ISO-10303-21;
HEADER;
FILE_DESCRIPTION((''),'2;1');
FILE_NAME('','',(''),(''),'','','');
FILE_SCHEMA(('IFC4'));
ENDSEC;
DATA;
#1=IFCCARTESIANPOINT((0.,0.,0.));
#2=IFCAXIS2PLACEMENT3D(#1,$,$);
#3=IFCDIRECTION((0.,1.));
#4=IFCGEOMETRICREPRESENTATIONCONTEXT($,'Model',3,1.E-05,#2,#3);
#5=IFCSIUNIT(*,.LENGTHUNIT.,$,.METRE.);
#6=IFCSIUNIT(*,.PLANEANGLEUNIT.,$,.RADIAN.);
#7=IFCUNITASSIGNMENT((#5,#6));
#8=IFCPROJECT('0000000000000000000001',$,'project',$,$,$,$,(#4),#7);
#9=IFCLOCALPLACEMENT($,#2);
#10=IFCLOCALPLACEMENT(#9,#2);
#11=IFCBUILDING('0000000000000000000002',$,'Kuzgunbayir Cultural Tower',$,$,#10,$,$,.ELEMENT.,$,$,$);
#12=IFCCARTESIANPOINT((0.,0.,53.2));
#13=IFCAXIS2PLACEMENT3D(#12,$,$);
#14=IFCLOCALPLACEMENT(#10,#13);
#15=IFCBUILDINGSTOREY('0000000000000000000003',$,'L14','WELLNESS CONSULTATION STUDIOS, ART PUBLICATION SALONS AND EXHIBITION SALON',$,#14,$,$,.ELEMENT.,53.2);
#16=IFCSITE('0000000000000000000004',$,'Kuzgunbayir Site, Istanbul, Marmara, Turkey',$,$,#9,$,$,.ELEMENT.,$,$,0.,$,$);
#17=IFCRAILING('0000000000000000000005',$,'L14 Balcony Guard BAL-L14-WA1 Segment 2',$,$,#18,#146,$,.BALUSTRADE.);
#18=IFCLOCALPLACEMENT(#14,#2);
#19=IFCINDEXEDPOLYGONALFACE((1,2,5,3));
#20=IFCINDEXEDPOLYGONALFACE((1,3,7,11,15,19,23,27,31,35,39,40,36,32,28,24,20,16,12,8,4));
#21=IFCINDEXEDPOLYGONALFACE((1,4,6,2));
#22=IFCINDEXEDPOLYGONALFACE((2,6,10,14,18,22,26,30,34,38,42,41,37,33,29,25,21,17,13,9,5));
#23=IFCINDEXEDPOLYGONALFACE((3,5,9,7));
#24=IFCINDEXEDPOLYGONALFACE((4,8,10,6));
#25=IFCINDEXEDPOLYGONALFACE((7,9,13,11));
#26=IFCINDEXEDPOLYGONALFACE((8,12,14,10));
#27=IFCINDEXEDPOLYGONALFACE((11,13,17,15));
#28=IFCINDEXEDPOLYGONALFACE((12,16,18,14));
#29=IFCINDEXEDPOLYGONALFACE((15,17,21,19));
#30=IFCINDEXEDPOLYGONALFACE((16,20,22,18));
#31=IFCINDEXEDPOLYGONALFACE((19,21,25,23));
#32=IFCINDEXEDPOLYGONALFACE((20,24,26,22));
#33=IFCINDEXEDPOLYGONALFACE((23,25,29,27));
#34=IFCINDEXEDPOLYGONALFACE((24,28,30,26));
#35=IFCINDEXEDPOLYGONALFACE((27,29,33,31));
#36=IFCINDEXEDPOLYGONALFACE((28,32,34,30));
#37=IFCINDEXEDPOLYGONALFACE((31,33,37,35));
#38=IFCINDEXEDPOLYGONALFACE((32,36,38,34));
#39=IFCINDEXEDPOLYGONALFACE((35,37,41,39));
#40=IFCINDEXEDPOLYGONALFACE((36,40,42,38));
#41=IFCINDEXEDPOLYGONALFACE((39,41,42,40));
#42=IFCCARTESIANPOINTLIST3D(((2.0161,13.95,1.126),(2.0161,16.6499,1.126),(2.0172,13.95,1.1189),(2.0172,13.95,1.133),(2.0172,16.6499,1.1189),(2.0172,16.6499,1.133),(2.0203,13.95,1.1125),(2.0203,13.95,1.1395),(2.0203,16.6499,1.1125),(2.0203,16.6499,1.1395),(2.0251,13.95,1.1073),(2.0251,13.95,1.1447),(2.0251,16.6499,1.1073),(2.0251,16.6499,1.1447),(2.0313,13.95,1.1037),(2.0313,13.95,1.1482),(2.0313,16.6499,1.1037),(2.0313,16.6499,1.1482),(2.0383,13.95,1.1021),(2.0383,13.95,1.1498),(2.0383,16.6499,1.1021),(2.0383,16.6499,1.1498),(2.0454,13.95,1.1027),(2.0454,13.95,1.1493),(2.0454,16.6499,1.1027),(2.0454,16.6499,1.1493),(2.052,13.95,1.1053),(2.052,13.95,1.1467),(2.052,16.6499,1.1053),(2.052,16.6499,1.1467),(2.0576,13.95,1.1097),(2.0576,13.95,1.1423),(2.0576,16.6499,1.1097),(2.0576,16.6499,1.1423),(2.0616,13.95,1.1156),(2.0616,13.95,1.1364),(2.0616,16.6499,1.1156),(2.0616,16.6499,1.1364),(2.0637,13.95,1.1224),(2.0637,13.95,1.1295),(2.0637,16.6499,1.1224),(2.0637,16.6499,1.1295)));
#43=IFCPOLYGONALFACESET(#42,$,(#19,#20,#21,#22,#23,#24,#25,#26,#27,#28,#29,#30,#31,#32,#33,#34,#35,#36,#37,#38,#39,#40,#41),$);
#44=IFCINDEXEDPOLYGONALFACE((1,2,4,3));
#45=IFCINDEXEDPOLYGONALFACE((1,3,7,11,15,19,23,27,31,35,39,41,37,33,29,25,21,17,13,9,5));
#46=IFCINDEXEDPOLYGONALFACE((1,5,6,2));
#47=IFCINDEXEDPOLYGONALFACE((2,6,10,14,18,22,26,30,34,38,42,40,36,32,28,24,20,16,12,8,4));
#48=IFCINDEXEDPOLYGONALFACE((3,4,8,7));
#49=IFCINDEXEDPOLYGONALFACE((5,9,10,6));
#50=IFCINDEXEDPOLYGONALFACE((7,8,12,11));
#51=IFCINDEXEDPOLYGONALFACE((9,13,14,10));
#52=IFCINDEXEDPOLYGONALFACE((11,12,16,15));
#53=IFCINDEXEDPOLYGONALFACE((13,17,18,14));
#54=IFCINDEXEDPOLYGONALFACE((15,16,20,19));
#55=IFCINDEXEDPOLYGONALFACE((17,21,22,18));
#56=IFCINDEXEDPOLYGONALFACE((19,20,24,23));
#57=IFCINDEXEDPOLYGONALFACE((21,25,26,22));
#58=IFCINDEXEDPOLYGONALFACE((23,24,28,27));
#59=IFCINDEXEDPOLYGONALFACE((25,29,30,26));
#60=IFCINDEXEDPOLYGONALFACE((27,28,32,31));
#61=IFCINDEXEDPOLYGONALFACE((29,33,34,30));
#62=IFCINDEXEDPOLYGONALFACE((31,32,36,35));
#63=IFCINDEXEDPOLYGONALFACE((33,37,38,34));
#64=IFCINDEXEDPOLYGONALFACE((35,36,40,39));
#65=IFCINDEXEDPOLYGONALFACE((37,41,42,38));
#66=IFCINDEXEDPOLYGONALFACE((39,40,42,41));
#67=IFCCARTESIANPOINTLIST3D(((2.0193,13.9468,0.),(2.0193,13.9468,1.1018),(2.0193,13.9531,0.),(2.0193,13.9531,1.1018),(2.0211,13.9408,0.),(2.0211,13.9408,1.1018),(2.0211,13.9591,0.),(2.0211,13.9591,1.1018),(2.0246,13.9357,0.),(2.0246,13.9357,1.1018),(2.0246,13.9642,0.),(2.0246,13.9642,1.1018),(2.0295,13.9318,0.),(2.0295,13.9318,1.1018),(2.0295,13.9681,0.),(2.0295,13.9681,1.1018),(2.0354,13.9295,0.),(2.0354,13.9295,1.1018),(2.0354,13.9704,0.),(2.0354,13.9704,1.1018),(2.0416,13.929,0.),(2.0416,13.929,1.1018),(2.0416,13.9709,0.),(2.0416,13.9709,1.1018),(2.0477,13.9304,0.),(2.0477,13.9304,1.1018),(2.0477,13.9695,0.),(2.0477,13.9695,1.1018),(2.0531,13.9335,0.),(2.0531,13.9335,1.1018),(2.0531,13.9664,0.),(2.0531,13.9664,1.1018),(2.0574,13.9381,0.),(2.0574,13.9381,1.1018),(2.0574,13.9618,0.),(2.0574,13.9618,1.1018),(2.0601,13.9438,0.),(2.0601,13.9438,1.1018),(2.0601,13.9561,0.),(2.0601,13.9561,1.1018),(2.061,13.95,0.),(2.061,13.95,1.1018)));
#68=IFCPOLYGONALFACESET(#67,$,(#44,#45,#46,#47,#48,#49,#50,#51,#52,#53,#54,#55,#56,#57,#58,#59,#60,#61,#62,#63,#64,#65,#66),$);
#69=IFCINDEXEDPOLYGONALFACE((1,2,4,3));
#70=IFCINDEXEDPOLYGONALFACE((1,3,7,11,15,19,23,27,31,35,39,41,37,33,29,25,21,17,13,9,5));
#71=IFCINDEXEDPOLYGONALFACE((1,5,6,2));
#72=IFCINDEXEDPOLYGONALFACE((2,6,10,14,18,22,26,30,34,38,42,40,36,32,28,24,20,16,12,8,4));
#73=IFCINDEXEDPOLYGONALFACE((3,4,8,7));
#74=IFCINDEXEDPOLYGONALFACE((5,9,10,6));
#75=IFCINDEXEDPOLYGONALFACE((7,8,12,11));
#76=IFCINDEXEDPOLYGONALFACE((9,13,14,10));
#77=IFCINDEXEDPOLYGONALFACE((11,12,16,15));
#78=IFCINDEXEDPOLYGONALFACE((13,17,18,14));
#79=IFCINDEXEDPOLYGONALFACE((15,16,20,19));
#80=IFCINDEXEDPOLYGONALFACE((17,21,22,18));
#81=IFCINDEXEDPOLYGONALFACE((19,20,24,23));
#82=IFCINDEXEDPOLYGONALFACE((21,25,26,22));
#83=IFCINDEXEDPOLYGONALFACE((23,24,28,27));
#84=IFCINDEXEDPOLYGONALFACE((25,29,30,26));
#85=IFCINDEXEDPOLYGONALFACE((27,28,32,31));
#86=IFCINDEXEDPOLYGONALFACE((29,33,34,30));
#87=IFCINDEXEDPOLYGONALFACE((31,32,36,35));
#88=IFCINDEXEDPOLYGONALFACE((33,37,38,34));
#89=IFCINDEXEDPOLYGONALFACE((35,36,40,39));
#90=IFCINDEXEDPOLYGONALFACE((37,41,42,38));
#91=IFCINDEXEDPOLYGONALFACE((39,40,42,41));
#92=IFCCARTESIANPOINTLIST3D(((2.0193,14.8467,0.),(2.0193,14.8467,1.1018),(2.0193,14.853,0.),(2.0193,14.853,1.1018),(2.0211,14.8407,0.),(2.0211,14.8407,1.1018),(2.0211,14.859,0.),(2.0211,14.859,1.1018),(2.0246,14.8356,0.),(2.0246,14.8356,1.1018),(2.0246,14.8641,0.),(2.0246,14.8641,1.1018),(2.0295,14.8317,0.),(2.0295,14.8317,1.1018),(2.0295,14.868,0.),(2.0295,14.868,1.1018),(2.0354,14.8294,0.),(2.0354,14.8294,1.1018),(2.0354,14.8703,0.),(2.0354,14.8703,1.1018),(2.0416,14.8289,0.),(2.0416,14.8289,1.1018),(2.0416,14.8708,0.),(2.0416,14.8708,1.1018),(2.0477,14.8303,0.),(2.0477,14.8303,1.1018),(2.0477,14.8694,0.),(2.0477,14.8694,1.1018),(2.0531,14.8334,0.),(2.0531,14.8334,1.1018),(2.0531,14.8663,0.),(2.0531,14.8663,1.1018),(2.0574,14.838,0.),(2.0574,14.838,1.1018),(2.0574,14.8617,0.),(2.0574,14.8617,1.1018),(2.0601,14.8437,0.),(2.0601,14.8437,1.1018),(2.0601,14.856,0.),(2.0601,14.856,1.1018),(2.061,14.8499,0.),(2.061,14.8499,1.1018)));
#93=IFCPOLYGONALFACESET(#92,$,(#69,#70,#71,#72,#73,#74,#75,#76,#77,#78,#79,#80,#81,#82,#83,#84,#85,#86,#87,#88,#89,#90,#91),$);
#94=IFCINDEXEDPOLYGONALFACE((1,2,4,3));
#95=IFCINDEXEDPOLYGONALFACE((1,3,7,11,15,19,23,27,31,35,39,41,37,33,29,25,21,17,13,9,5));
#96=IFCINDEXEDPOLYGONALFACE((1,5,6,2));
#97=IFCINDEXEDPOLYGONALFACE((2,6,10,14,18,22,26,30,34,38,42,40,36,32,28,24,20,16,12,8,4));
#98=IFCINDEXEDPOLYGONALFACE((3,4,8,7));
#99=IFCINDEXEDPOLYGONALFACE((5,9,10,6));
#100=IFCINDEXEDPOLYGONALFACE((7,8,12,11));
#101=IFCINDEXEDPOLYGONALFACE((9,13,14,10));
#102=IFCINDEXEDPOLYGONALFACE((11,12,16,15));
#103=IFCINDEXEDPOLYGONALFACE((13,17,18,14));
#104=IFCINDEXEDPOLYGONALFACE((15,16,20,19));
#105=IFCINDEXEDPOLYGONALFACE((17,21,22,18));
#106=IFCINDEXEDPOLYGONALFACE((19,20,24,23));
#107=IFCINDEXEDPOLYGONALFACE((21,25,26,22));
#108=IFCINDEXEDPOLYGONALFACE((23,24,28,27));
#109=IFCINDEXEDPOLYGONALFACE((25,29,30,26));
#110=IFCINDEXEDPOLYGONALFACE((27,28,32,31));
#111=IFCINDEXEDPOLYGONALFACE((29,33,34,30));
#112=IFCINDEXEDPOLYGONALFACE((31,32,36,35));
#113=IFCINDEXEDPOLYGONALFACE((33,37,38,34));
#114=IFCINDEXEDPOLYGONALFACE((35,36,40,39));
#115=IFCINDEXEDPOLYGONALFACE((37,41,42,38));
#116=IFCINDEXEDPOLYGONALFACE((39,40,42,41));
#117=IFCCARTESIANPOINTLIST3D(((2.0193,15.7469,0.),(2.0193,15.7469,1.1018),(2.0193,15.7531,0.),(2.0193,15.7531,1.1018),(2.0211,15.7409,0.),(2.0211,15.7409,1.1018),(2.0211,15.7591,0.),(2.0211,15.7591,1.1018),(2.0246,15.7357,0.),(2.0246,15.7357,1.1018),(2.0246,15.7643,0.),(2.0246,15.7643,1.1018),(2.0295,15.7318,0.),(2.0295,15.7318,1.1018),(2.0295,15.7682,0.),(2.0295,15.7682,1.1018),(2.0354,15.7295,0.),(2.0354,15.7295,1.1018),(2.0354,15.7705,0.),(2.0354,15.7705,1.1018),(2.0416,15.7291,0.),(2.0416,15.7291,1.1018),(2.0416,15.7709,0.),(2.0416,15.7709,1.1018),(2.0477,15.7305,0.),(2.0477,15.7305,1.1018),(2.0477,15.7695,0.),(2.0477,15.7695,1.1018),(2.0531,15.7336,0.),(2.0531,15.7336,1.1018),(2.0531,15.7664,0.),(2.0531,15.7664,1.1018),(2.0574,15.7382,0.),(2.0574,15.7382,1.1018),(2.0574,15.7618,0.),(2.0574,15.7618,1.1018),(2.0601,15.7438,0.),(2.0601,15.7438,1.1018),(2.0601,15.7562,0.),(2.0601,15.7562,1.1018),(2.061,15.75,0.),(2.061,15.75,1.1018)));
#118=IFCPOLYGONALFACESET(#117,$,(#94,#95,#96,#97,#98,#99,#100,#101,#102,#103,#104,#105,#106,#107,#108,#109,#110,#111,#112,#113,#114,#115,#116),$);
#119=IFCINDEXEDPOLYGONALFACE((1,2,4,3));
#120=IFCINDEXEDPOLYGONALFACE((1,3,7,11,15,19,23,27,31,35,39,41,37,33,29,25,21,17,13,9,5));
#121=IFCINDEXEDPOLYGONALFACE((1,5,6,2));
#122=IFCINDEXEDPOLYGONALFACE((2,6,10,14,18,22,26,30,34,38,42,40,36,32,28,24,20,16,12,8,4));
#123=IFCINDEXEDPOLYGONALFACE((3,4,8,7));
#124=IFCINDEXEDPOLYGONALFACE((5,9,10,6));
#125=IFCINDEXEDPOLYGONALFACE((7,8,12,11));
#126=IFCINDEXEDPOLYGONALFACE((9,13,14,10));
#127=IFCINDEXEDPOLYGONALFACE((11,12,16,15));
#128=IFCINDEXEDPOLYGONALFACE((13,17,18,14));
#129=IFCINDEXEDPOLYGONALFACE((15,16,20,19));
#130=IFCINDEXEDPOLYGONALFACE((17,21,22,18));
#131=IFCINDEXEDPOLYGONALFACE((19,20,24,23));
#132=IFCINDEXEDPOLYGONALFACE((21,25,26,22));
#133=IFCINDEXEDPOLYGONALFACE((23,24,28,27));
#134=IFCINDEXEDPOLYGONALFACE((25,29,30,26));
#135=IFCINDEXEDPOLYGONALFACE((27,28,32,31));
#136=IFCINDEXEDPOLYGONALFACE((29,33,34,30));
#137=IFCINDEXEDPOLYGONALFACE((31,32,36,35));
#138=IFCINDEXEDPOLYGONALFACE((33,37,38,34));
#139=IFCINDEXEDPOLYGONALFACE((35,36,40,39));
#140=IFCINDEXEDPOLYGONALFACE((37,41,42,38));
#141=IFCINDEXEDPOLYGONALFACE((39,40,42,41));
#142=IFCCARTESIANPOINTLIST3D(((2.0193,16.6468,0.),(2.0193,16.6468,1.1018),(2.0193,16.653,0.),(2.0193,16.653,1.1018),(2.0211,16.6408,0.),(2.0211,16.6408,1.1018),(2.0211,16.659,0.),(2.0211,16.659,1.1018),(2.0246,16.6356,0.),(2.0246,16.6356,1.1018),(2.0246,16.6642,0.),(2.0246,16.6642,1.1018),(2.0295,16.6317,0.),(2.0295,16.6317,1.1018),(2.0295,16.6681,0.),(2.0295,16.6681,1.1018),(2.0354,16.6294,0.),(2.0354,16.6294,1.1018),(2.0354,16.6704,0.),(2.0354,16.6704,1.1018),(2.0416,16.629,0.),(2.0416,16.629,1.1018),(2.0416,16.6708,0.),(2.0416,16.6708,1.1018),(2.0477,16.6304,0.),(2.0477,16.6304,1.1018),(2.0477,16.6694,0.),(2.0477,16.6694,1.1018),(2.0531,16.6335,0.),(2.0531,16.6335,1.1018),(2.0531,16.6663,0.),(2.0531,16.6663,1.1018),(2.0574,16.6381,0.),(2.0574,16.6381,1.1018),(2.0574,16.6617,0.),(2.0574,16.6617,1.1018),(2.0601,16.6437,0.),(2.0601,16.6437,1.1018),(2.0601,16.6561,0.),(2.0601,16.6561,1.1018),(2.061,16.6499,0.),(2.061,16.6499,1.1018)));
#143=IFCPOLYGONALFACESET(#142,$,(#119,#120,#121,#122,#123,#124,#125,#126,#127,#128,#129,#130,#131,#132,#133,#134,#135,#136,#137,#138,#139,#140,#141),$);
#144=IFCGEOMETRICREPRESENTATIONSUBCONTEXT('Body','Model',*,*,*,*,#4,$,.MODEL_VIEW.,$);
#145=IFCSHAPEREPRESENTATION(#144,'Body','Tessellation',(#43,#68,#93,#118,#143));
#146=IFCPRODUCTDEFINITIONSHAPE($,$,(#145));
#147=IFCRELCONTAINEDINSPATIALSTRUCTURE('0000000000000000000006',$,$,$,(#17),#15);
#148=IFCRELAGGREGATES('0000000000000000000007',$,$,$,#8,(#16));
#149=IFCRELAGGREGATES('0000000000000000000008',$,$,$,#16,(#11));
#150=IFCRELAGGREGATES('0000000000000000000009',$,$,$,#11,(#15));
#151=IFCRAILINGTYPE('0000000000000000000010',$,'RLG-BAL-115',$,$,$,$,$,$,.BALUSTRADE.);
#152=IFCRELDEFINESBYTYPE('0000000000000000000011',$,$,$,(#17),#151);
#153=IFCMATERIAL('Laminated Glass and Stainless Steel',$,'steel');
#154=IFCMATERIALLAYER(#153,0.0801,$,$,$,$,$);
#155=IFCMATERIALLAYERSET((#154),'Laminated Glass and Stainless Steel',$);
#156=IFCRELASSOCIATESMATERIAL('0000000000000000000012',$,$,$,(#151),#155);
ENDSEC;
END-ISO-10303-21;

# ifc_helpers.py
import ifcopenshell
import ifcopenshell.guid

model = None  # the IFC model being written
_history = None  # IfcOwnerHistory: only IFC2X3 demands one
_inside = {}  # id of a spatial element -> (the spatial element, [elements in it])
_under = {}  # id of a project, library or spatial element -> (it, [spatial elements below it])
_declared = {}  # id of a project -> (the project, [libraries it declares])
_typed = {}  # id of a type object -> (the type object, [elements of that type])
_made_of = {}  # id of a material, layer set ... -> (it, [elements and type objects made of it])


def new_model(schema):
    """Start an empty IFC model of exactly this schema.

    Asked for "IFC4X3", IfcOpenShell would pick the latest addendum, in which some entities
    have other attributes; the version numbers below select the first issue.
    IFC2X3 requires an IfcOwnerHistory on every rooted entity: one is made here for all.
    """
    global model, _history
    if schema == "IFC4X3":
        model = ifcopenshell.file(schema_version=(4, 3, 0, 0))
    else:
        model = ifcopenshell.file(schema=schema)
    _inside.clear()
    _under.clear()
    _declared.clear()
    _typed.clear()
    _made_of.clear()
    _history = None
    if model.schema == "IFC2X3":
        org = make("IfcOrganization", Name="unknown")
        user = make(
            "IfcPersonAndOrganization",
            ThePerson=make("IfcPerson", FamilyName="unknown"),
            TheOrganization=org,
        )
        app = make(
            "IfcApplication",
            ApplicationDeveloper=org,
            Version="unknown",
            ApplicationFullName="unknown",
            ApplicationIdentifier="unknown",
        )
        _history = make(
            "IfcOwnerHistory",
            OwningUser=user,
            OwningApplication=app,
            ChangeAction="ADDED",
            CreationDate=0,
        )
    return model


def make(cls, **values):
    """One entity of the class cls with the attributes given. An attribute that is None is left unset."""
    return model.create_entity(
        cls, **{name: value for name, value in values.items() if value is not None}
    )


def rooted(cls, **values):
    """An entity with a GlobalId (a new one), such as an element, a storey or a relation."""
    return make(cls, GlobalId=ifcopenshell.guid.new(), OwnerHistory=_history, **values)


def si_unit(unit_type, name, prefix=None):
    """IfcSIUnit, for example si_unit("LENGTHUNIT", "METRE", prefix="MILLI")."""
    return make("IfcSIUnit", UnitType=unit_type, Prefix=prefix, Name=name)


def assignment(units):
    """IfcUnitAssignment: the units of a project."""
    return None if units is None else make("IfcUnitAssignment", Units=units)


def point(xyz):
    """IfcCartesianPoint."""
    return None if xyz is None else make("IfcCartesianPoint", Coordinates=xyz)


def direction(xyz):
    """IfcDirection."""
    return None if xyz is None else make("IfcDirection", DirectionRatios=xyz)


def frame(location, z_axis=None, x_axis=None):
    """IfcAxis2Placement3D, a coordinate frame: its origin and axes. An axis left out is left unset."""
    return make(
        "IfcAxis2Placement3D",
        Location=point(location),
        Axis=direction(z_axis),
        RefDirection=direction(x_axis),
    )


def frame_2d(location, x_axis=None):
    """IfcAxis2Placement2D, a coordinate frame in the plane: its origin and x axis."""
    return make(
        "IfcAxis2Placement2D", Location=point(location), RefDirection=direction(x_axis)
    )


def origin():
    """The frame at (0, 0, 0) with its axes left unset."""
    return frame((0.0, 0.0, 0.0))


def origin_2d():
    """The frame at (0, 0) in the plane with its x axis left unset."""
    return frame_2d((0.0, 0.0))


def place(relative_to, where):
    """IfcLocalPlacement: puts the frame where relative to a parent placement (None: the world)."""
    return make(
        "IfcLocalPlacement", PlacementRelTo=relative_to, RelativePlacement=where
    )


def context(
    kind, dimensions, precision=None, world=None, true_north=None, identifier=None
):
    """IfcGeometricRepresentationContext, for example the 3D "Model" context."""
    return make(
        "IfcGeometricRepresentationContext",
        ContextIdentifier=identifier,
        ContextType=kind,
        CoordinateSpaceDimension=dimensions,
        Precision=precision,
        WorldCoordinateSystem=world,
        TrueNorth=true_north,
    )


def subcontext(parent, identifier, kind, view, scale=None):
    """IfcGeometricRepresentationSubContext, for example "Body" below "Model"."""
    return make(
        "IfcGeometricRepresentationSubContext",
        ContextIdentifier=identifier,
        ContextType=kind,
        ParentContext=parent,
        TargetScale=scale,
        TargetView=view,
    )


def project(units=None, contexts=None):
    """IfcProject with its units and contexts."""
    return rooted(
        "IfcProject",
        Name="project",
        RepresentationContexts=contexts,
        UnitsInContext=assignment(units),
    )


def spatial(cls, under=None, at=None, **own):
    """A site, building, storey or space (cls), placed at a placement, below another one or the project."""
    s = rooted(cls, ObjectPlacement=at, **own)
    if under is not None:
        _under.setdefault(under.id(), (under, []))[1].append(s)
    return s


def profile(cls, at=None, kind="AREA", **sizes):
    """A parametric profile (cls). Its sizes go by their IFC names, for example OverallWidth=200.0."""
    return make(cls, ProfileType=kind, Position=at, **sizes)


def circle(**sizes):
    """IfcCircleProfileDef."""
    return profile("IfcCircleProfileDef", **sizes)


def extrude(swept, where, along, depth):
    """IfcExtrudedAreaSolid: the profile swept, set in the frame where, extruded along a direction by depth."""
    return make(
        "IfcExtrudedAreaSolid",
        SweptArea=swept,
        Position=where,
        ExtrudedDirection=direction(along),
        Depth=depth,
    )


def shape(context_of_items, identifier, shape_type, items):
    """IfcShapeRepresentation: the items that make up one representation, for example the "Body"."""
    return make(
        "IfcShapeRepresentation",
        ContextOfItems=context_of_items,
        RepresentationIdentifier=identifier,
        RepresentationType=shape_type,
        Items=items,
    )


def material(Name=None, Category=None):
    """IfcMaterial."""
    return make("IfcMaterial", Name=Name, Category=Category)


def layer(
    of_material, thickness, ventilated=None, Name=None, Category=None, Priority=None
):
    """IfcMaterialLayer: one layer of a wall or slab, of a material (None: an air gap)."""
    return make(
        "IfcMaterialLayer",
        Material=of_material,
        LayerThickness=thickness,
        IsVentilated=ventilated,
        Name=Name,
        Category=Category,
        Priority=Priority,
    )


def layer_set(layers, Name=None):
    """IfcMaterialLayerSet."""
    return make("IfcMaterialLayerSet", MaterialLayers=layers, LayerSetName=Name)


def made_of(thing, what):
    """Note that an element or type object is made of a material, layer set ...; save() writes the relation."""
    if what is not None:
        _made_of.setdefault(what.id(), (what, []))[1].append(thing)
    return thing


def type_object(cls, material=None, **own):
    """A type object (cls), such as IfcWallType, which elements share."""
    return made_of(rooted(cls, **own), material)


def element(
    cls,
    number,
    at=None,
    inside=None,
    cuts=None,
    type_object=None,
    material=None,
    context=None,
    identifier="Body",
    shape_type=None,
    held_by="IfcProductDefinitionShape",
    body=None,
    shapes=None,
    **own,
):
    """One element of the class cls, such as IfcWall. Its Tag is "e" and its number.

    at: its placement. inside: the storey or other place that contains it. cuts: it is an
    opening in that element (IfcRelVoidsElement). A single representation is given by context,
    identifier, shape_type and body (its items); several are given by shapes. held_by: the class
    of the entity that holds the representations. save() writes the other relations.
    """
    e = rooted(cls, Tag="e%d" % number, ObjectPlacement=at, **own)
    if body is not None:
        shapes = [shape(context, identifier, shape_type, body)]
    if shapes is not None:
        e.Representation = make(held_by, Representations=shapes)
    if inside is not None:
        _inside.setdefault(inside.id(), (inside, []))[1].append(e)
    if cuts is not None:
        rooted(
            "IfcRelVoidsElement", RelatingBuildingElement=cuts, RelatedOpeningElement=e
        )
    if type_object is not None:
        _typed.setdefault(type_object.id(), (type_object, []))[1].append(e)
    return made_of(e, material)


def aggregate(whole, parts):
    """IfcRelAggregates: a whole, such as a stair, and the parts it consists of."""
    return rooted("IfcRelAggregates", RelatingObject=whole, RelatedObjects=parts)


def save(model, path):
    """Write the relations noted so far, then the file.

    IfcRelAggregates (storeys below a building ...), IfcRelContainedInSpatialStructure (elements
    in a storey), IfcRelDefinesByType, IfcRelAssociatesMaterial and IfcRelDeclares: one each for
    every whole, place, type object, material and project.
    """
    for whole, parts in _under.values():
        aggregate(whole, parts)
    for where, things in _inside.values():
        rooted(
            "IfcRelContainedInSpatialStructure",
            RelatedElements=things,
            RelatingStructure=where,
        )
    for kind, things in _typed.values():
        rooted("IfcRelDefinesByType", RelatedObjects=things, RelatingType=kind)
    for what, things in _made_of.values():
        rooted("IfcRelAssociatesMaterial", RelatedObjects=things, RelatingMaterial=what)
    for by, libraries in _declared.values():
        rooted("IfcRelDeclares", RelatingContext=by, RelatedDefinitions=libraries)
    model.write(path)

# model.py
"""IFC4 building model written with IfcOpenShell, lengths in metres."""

from ifc_helpers import new_model, si_unit, direction, frame, origin, origin_2d, place, context, subcontext, project, spatial, circle, extrude, material, layer, layer_set, type_object, element, save


model = new_model("IFC4")

# Units and contexts
model_context = context("Model", 3, precision=1e-05, world=origin(), true_north=direction((0.0, 1.0)))
body_context = subcontext(model_context, "Body", "Model", "MODEL_VIEW")
ifc_project = project(units=[si_unit("LENGTHUNIT", "METRE"), si_unit("PLANEANGLEUNIT", "RADIAN")], contexts=[model_context])

# Site, building, storey
site_placement = place(None, origin())
site = spatial("IfcSite", under=ifc_project, at=site_placement, Name="Kuzgunbayir Site, Istanbul, Marmara, Turkey", CompositionType="ELEMENT", RefElevation=0.0)
building_placement = place(site_placement, origin())
building = spatial("IfcBuilding", under=site, at=building_placement, Name="Kuzgunbayir Cultural Tower", CompositionType="ELEMENT")
storey_placement = place(building_placement, frame((0.0, 0.0, 53.2)))
storey = spatial("IfcBuildingStorey", under=building, at=storey_placement, Name="L14", Description="WELLNESS CONSULTATION STUDIOS, ART PUBLICATION SALONS AND EXHIBITION SALON", CompositionType="ELEMENT", Elevation=53.2)

# Railing
ifc_material_1 = material(Name="Laminated Glass and Stainless Steel", Category="steel")
ifc_layer_1 = layer(ifc_material_1, 0.0801)
ifc_layer_set_1 = layer_set([ifc_layer_1], Name="Laminated Glass and Stainless Steel")
railing_type = type_object("IfcRailingType", Name="RLG-BAL-115", PredefinedType="BALUSTRADE", material=ifc_layer_set_1)
railing_1_placement = place(storey_placement, frame((2.04, 13.95, 0.0)))
element("IfcRailing", 1, at=railing_1_placement, inside=storey, type_object=railing_type, Name="L14 Balcony Guard BAL-L14-WA1 Segment 2", PredefinedType="BALUSTRADE", context=body_context, shape_type="SweptSolid", body=[
    extrude(circle(Radius=0.0239, at=origin_2d()), frame((0.0, 0.0, 1.126), z_axis=(0.0, 1.0, 0.0), x_axis=(-1.0, 0.0, 0.0)), (0.0, 0.0, 1.0), 2.7),
    extrude(circle(Radius=0.021, at=origin_2d()), origin(), (0.0, 0.0, 1.0), 1.1018),
    extrude(circle(Radius=0.021, at=origin_2d()), frame((0.0, 0.8999, 0.0)), (0.0, 0.0, 1.0), 1.1018),
    extrude(circle(Radius=0.021, at=origin_2d()), frame((0.0, 1.8, 0.0)), (0.0, 0.0, 1.0), 1.1018),
    extrude(circle(Radius=0.021, at=origin_2d()), frame((0.0, 2.7, 0.0)), (0.0, 0.0, 1.0), 1.1018),
])

save(model, "model.ifc")
